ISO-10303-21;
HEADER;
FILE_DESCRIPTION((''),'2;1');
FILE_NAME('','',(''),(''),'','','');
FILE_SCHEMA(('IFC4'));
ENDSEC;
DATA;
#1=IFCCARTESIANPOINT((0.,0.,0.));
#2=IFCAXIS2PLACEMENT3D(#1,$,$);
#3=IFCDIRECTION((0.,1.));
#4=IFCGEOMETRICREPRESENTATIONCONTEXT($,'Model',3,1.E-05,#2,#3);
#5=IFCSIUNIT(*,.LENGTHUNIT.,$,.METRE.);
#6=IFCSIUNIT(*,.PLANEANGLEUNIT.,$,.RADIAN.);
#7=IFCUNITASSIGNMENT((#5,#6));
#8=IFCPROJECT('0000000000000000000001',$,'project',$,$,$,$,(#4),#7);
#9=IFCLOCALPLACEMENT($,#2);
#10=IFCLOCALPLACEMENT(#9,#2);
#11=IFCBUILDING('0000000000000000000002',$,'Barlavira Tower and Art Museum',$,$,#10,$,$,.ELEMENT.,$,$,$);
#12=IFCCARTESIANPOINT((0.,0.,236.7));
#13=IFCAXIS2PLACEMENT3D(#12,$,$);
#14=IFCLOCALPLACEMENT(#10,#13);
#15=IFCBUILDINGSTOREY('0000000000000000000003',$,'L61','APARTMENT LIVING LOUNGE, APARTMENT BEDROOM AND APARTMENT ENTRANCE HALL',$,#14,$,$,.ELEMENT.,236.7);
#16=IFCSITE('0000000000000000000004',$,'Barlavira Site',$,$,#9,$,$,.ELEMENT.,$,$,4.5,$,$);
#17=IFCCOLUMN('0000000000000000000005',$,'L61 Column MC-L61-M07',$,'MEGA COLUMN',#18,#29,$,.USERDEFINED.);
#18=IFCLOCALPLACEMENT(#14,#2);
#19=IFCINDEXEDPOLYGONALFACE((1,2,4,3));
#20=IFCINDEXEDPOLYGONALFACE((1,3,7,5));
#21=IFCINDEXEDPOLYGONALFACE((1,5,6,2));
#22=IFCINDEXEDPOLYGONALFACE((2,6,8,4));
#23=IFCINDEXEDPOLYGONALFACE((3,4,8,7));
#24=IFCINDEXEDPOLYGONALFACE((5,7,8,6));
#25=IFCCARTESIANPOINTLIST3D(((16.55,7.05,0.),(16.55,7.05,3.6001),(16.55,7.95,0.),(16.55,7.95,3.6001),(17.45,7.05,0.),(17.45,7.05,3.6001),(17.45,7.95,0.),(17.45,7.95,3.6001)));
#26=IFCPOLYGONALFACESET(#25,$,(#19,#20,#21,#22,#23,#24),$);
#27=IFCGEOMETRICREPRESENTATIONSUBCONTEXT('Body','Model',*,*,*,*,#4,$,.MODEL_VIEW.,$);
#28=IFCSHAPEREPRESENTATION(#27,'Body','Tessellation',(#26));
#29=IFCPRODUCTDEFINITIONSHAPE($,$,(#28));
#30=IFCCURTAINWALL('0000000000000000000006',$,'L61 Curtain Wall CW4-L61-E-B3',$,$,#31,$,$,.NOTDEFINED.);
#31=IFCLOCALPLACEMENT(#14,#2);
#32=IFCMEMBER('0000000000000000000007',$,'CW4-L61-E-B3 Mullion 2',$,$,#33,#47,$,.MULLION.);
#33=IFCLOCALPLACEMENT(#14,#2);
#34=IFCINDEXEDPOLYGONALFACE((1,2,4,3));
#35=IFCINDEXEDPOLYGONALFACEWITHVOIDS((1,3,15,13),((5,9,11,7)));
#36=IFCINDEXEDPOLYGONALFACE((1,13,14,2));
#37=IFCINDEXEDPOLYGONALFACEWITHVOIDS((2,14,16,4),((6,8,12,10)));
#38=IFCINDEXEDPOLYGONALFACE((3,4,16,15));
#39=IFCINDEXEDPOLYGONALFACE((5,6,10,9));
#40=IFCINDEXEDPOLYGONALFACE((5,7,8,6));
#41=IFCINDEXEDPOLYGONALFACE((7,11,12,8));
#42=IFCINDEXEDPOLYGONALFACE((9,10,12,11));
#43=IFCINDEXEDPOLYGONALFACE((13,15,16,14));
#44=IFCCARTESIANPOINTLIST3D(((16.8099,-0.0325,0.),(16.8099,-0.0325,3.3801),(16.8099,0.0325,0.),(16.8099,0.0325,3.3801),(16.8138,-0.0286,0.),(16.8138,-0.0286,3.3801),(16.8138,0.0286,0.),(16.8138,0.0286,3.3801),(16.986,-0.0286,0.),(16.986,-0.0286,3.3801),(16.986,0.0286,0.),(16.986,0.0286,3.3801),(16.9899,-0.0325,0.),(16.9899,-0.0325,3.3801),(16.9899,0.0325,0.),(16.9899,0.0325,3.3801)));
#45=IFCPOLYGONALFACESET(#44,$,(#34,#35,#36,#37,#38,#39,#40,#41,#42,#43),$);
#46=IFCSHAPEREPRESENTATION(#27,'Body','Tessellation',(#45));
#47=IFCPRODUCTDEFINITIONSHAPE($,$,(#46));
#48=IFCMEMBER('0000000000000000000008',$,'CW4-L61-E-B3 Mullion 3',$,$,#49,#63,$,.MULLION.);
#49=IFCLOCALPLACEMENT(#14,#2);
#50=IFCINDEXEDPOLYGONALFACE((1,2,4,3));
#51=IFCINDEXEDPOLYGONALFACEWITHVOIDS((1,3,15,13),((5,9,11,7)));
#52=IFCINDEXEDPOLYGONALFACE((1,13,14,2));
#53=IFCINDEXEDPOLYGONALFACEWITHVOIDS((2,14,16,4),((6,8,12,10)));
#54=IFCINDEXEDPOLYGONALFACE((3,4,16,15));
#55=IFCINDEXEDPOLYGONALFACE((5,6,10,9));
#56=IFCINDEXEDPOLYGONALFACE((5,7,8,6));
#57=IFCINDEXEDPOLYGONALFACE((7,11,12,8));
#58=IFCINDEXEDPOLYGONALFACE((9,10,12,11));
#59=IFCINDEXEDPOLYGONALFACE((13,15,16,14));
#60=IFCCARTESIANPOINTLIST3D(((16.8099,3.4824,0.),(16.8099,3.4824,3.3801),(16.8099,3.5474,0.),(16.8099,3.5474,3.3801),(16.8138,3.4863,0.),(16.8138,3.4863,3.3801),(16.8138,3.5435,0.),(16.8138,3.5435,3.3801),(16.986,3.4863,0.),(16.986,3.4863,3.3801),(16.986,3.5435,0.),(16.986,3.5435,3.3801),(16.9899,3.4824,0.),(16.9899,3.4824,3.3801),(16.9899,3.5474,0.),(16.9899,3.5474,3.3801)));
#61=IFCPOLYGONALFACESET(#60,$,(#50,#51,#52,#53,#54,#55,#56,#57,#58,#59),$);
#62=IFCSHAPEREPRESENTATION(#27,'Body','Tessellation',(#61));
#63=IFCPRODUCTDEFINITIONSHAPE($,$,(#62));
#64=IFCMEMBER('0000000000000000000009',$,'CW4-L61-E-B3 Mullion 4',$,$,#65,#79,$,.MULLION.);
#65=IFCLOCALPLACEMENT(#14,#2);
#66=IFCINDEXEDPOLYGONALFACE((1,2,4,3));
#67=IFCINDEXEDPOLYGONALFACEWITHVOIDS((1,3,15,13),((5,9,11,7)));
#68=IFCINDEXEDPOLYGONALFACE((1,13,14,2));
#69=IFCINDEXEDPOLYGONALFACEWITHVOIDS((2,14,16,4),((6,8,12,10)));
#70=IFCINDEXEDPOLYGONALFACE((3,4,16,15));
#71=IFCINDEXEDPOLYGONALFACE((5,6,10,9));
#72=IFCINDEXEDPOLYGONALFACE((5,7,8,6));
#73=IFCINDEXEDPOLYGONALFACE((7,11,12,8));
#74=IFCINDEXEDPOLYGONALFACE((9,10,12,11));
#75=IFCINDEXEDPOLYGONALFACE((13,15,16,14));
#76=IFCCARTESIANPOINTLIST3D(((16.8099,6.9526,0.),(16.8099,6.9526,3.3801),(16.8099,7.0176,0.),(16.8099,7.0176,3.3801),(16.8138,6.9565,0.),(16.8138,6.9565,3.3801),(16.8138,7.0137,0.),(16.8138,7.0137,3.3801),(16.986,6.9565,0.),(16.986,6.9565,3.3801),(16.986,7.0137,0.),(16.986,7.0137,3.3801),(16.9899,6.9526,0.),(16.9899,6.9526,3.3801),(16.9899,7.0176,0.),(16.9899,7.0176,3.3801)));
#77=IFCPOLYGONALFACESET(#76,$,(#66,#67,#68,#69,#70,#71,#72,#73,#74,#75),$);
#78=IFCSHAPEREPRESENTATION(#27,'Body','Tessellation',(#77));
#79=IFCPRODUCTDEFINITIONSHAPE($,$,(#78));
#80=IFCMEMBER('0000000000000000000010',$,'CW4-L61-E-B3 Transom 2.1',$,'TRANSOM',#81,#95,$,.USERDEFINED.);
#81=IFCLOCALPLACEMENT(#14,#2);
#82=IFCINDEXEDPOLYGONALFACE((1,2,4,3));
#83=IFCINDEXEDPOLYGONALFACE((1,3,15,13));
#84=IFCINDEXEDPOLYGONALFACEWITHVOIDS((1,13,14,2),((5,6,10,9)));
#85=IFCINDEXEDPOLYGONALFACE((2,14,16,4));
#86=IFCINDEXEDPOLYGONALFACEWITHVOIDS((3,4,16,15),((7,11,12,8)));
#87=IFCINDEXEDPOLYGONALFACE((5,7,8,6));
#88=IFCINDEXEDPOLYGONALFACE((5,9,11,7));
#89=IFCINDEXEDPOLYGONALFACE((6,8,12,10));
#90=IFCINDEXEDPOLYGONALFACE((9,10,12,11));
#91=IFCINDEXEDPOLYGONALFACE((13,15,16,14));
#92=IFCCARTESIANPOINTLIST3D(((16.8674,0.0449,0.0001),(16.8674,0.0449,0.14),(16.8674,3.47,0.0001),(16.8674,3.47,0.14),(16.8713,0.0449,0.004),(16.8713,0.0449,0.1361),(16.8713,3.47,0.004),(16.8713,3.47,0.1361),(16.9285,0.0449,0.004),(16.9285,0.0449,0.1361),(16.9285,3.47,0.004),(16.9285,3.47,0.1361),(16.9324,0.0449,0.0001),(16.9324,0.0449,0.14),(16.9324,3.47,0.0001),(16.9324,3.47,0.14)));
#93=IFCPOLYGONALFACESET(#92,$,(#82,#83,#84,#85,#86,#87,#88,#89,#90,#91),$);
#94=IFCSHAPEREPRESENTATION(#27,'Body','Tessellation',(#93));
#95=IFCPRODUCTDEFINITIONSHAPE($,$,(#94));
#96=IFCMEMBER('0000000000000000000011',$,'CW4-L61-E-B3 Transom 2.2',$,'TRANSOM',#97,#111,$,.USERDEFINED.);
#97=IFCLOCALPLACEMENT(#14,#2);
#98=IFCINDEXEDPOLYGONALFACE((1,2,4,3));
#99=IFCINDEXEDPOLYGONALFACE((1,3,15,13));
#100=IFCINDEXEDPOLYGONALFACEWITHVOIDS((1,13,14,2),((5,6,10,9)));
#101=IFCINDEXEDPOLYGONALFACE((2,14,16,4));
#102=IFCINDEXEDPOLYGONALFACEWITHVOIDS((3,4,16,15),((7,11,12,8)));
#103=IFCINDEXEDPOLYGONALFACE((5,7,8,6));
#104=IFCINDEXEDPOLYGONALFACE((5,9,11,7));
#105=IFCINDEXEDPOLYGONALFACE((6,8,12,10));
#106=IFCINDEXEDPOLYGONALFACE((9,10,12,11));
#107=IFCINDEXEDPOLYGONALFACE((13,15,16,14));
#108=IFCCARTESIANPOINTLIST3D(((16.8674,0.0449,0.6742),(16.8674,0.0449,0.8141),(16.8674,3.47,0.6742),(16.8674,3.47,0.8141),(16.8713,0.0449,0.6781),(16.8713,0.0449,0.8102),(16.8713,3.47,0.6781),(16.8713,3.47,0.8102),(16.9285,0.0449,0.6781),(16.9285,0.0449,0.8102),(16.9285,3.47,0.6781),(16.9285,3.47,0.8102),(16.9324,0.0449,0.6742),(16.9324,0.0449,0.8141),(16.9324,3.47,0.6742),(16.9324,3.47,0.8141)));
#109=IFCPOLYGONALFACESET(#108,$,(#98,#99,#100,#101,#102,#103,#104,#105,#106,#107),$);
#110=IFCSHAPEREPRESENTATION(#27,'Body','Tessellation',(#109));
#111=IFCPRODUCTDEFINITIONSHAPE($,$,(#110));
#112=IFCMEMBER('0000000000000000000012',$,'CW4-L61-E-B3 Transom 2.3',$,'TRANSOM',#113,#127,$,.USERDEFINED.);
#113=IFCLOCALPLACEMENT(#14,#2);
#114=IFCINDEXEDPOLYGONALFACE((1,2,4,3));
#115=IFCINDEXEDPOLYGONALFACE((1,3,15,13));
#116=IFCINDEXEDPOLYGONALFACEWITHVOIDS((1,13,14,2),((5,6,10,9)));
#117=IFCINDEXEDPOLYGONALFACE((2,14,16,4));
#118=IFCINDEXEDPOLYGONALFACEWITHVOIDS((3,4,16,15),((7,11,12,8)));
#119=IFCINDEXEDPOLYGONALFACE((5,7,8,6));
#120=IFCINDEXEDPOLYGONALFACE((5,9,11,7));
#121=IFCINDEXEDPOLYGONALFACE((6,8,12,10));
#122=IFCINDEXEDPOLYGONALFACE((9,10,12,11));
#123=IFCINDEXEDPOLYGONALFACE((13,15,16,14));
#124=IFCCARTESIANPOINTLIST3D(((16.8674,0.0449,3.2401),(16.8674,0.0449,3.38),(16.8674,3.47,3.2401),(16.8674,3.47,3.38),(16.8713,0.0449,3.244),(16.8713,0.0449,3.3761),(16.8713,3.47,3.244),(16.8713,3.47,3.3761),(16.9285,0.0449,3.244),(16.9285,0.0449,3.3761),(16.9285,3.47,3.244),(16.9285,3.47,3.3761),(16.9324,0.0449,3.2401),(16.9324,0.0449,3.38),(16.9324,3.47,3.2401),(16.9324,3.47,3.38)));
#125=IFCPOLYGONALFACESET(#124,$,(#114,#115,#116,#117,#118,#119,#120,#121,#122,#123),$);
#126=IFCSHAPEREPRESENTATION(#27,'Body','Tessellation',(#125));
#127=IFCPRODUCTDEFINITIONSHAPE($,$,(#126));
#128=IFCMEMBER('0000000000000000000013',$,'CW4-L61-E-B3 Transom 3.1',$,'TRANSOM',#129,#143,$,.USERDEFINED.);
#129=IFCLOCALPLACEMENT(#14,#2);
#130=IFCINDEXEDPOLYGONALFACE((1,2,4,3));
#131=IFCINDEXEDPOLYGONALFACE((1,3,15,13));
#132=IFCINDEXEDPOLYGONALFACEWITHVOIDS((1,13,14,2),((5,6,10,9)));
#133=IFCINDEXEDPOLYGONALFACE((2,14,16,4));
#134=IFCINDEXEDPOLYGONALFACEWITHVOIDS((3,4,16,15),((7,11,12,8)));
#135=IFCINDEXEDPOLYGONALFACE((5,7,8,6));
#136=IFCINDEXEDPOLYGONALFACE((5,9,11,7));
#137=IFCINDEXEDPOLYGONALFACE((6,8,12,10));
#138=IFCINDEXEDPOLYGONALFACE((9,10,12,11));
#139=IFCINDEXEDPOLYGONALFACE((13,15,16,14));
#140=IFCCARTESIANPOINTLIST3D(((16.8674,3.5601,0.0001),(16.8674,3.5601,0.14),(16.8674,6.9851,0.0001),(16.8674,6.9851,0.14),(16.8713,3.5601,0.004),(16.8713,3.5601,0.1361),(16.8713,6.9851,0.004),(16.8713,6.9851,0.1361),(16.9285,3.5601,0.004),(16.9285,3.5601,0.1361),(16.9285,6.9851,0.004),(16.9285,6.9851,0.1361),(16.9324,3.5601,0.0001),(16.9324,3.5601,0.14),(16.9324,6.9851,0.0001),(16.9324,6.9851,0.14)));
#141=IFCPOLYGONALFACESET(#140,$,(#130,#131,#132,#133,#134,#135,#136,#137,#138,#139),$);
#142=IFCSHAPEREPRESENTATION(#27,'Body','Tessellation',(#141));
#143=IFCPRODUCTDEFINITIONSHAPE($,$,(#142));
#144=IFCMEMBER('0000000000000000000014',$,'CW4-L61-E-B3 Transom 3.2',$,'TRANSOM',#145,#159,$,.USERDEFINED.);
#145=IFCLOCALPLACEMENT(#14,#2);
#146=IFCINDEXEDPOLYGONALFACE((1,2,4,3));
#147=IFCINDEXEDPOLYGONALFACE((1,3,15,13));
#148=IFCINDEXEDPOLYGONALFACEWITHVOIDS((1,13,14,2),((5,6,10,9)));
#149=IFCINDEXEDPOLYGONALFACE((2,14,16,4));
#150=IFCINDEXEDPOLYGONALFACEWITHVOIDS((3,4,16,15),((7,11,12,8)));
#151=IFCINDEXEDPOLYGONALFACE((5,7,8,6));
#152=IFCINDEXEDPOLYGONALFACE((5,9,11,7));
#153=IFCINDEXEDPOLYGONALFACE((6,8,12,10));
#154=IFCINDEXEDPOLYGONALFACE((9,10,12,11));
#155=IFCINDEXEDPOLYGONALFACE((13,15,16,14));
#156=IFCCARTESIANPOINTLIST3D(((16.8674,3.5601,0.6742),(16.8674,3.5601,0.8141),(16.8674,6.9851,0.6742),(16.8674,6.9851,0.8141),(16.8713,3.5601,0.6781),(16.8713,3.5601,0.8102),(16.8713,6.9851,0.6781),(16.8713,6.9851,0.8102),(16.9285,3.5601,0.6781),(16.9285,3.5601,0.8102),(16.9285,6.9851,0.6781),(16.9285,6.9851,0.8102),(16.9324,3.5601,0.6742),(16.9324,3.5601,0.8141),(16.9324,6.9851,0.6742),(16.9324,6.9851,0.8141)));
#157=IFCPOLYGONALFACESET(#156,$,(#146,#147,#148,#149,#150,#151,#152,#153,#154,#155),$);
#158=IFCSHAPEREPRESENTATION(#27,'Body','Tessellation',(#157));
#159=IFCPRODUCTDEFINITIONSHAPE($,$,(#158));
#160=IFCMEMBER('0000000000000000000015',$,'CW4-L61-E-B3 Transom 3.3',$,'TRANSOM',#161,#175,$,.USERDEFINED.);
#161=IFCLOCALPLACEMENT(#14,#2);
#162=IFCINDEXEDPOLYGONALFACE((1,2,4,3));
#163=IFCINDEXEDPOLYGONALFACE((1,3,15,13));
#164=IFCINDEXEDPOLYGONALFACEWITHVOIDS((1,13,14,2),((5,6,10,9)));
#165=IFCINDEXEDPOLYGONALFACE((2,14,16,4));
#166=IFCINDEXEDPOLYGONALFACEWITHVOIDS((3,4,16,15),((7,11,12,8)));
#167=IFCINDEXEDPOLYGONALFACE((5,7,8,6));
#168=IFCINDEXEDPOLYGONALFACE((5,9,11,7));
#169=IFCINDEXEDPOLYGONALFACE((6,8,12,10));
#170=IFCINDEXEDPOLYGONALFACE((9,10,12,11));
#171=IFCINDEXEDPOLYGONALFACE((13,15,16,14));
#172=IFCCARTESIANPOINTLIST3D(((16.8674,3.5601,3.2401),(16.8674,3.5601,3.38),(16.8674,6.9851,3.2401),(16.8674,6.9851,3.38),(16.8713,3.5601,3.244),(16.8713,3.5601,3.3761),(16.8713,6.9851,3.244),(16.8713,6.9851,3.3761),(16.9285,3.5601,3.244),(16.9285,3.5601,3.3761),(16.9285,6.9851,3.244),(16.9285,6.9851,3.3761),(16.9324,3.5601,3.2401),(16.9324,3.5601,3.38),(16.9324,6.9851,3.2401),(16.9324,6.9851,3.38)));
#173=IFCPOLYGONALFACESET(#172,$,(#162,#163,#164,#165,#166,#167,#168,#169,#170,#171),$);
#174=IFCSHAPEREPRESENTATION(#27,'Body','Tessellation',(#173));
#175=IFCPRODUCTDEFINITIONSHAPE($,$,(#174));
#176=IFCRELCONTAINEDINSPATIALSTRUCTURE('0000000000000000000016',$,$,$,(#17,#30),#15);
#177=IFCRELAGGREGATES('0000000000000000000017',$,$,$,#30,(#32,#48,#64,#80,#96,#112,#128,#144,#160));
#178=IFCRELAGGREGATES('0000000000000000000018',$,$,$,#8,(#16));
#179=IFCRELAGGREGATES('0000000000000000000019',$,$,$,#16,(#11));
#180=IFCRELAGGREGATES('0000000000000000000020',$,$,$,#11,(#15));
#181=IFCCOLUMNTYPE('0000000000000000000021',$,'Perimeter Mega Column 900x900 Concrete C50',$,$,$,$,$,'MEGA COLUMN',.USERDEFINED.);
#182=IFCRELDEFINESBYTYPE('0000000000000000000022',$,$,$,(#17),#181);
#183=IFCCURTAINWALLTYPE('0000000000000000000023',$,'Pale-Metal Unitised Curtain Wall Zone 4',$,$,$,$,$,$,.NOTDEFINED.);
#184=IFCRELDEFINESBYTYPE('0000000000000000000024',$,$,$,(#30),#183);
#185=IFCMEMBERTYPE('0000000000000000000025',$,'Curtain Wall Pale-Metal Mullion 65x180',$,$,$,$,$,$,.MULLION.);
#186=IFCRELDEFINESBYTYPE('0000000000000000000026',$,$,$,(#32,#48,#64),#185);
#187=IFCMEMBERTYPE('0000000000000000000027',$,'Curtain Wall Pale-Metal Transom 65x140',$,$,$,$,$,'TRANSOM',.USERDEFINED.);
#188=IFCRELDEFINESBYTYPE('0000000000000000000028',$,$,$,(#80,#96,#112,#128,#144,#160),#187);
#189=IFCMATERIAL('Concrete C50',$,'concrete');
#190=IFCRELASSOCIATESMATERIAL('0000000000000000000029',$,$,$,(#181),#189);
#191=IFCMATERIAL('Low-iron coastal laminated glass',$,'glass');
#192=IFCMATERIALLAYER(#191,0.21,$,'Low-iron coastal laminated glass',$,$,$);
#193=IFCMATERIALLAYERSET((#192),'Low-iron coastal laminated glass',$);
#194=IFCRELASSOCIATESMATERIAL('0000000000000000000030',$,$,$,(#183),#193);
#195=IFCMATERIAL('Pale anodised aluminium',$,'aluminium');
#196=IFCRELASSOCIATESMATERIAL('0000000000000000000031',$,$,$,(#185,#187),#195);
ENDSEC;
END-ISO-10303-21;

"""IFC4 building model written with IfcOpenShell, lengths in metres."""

from ifc_helpers import new_model, si_unit, direction, frame, origin, origin_2d, place, context, subcontext, project, spatial, rectangle, hollow_rectangle, extrude, material, layer, layer_set, material_profile, profile_set, type_object, element, aggregate, save


model = new_model("IFC4")

# Units and contexts
model_context = context("Model", 3, precision=1e-05, world=origin(), true_north=direction((0.0, 1.0)))
body_context = subcontext(model_context, "Body", "Model", "MODEL_VIEW")
ifc_project = project(units=[si_unit("LENGTHUNIT", "METRE"), si_unit("PLANEANGLEUNIT", "RADIAN")], contexts=[model_context])

# Site, building, storey
site_placement = place(None, origin())
site = spatial("IfcSite", under=ifc_project, at=site_placement, Name="Barlavira Site", CompositionType="ELEMENT", RefElevation=4.5)
building_placement = place(site_placement, origin())
building = spatial("IfcBuilding", under=site, at=building_placement, Name="Barlavira Tower and Art Museum", CompositionType="ELEMENT")
storey_placement = place(building_placement, frame((0.0, 0.0, 236.7)))
storey = spatial("IfcBuildingStorey", under=building, at=storey_placement, Name="L61", Description="APARTMENT LIVING LOUNGE, APARTMENT BEDROOM AND APARTMENT ENTRANCE HALL", CompositionType="ELEMENT", Elevation=236.7)

# Column
ifc_material_1 = material(Name="Concrete C50", Category="concrete")
ifc_material_profile_1 = material_profile(ifc_material_1, rectangle(XDim=0.8999, YDim=0.8999, at=origin_2d()), Name="RC-COL 900x900")
ifc_profile_set_1 = profile_set([ifc_material_profile_1], Name="Concrete C50")
column_type = type_object("IfcColumnType", Name="Perimeter Mega Column 900x900 Concrete C50", ElementType="MEGA COLUMN", PredefinedType="USERDEFINED", material=ifc_profile_set_1)
column_placement = place(storey_placement, frame((17.0, 7.5, 0.0), z_axis=(0.0, 0.0, 1.0), x_axis=(1.0, 0.0, 0.0)))
element("IfcColumn", 1, at=column_placement, inside=storey, type_object=column_type, Name="L61 Column MC-L61-M07", ObjectType="MEGA COLUMN", PredefinedType="USERDEFINED", context=body_context, shape_type="SweptSolid", body=[
    extrude(rectangle(XDim=0.8999, YDim=0.8999, at=origin_2d()), origin(), (0.0, 0.0, 1.0), 3.6001),
])

# Curtain wall, members
ifc_material_2 = material(Name="Low-iron coastal laminated glass", Category="glass")
ifc_layer_1 = layer(ifc_material_2, 0.21, Name="Low-iron coastal laminated glass")
ifc_layer_set_1 = layer_set([ifc_layer_1], Name="Low-iron coastal laminated glass")
curtain_wall_type = type_object("IfcCurtainWallType", Name="Pale-Metal Unitised Curtain Wall Zone 4", PredefinedType="NOTDEFINED", material=ifc_layer_set_1)
curtain_wall_placement = place(storey_placement, origin())
curtain_wall = element("IfcCurtainWall", 2, at=curtain_wall_placement, inside=storey, type_object=curtain_wall_type, Name="L61 Curtain Wall CW4-L61-E-B3", PredefinedType="NOTDEFINED")
ifc_material_3 = material(Name="Pale anodised aluminium", Category="aluminium")
ifc_material_profile_2 = material_profile(ifc_material_3, hollow_rectangle(XDim=0.0649, YDim=0.1799, WallThickness=0.0039, at=origin_2d()), Name="ALU-MULL 65x180x4")
ifc_profile_set_2 = profile_set([ifc_material_profile_2], Name="Pale anodised aluminium")
member_type_1 = type_object("IfcMemberType", Name="Curtain Wall Pale-Metal Mullion 65x180", PredefinedType="MULLION", material=ifc_profile_set_2)
member_1_placement = place(storey_placement, frame((16.8999, 0.0, 0.0), z_axis=(0.0, 0.0, 1.0), x_axis=(0.0, 1.0, 0.0)))
member_1 = element("IfcMember", 3, at=member_1_placement, type_object=member_type_1, Name="CW4-L61-E-B3 Mullion 2", PredefinedType="MULLION", context=body_context, shape_type="SweptSolid", body=[
    extrude(hollow_rectangle(XDim=0.0649, YDim=0.1799, WallThickness=0.0039, at=origin_2d()), origin(), (0.0, 0.0, 1.0), 3.3801),
])
member_2_placement = place(storey_placement, frame((16.8999, 3.5149, 0.0), z_axis=(0.0, 0.0, 1.0), x_axis=(0.0, 1.0, 0.0)))
member_2 = element("IfcMember", 4, at=member_2_placement, type_object=member_type_1, Name="CW4-L61-E-B3 Mullion 3", PredefinedType="MULLION", context=body_context, shape_type="SweptSolid", body=[
    extrude(hollow_rectangle(XDim=0.0649, YDim=0.1799, WallThickness=0.0039, at=origin_2d()), origin(), (0.0, 0.0, 1.0), 3.3801),
])
member_3_placement = place(storey_placement, frame((16.8999, 6.9851, 0.0), z_axis=(0.0, 0.0, 1.0), x_axis=(0.0, 1.0, 0.0)))
member_3 = element("IfcMember", 5, at=member_3_placement, type_object=member_type_1, Name="CW4-L61-E-B3 Mullion 4", PredefinedType="MULLION", context=body_context, shape_type="SweptSolid", body=[
    extrude(hollow_rectangle(XDim=0.0649, YDim=0.1799, WallThickness=0.0039, at=origin_2d()), origin(), (0.0, 0.0, 1.0), 3.3801),
])
ifc_material_profile_3 = material_profile(ifc_material_3, hollow_rectangle(XDim=0.0649, YDim=0.1399, WallThickness=0.0039, at=origin_2d()), Name="ALU-TRAN 65x140x4")
ifc_profile_set_3 = profile_set([ifc_material_profile_3], Name="Pale anodised aluminium")
member_type_2 = type_object("IfcMemberType", Name="Curtain Wall Pale-Metal Transom 65x140", ElementType="TRANSOM", PredefinedType="USERDEFINED", material=ifc_profile_set_3)
member_4_placement = place(storey_placement, frame((16.8999, 0.0449, 0.0701), z_axis=(0.0, 1.0, 0.0), x_axis=(-1.0, 0.0, 0.0)))
member_4 = element("IfcMember", 6, at=member_4_placement, type_object=member_type_2, Name="CW4-L61-E-B3 Transom 2.1", ObjectType="TRANSOM", PredefinedType="USERDEFINED", context=body_context, shape_type="SweptSolid", body=[
    extrude(hollow_rectangle(XDim=0.0649, YDim=0.1399, WallThickness=0.0039, at=origin_2d()), origin(), (0.0, 0.0, 1.0), 3.425),
])
member_5_placement = place(storey_placement, frame((16.8999, 0.0449, 0.7441), z_axis=(0.0, 1.0, 0.0), x_axis=(-1.0, 0.0, 0.0)))
member_5 = element("IfcMember", 7, at=member_5_placement, type_object=member_type_2, Name="CW4-L61-E-B3 Transom 2.2", ObjectType="TRANSOM", PredefinedType="USERDEFINED", context=body_context, shape_type="SweptSolid", body=[
    extrude(hollow_rectangle(XDim=0.0649, YDim=0.1399, WallThickness=0.0039, at=origin_2d()), origin(), (0.0, 0.0, 1.0), 3.425),
])
member_6_placement = place(storey_placement, frame((16.8999, 0.0449, 3.3101), z_axis=(0.0, 1.0, 0.0), x_axis=(-1.0, 0.0, 0.0)))
member_6 = element("IfcMember", 8, at=member_6_placement, type_object=member_type_2, Name="CW4-L61-E-B3 Transom 2.3", ObjectType="TRANSOM", PredefinedType="USERDEFINED", context=body_context, shape_type="SweptSolid", body=[
    extrude(hollow_rectangle(XDim=0.0649, YDim=0.1399, WallThickness=0.0039, at=origin_2d()), origin(), (0.0, 0.0, 1.0), 3.425),
])
member_7_placement = place(storey_placement, frame((16.8999, 3.5601, 0.0701), z_axis=(0.0, 1.0, 0.0), x_axis=(-1.0, 0.0, 0.0)))
member_7 = element("IfcMember", 9, at=member_7_placement, type_object=member_type_2, Name="CW4-L61-E-B3 Transom 3.1", ObjectType="TRANSOM", PredefinedType="USERDEFINED", context=body_context, shape_type="SweptSolid", body=[
    extrude(hollow_rectangle(XDim=0.0649, YDim=0.1399, WallThickness=0.0039, at=origin_2d()), origin(), (0.0, 0.0, 1.0), 3.425),
])
member_8_placement = place(storey_placement, frame((16.8999, 3.5601, 0.7441), z_axis=(0.0, 1.0, 0.0), x_axis=(-1.0, 0.0, 0.0)))
member_8 = element("IfcMember", 10, at=member_8_placement, type_object=member_type_2, Name="CW4-L61-E-B3 Transom 3.2", ObjectType="TRANSOM", PredefinedType="USERDEFINED", context=body_context, shape_type="SweptSolid", body=[
    extrude(hollow_rectangle(XDim=0.0649, YDim=0.1399, WallThickness=0.0039, at=origin_2d()), origin(), (0.0, 0.0, 1.0), 3.425),
])
member_9_placement = place(storey_placement, frame((16.8999, 3.5601, 3.3101), z_axis=(0.0, 1.0, 0.0), x_axis=(-1.0, 0.0, 0.0)))
member_9 = element("IfcMember", 11, at=member_9_placement, type_object=member_type_2, Name="CW4-L61-E-B3 Transom 3.3", ObjectType="TRANSOM", PredefinedType="USERDEFINED", context=body_context, shape_type="SweptSolid", body=[
    extrude(hollow_rectangle(XDim=0.0649, YDim=0.1399, WallThickness=0.0039, at=origin_2d()), origin(), (0.0, 0.0, 1.0), 3.425),
])

aggregate(curtain_wall, [member_1, member_2, member_3, member_4, member_5, member_6, member_7, member_8, member_9])

save(model, "model.ifc")
